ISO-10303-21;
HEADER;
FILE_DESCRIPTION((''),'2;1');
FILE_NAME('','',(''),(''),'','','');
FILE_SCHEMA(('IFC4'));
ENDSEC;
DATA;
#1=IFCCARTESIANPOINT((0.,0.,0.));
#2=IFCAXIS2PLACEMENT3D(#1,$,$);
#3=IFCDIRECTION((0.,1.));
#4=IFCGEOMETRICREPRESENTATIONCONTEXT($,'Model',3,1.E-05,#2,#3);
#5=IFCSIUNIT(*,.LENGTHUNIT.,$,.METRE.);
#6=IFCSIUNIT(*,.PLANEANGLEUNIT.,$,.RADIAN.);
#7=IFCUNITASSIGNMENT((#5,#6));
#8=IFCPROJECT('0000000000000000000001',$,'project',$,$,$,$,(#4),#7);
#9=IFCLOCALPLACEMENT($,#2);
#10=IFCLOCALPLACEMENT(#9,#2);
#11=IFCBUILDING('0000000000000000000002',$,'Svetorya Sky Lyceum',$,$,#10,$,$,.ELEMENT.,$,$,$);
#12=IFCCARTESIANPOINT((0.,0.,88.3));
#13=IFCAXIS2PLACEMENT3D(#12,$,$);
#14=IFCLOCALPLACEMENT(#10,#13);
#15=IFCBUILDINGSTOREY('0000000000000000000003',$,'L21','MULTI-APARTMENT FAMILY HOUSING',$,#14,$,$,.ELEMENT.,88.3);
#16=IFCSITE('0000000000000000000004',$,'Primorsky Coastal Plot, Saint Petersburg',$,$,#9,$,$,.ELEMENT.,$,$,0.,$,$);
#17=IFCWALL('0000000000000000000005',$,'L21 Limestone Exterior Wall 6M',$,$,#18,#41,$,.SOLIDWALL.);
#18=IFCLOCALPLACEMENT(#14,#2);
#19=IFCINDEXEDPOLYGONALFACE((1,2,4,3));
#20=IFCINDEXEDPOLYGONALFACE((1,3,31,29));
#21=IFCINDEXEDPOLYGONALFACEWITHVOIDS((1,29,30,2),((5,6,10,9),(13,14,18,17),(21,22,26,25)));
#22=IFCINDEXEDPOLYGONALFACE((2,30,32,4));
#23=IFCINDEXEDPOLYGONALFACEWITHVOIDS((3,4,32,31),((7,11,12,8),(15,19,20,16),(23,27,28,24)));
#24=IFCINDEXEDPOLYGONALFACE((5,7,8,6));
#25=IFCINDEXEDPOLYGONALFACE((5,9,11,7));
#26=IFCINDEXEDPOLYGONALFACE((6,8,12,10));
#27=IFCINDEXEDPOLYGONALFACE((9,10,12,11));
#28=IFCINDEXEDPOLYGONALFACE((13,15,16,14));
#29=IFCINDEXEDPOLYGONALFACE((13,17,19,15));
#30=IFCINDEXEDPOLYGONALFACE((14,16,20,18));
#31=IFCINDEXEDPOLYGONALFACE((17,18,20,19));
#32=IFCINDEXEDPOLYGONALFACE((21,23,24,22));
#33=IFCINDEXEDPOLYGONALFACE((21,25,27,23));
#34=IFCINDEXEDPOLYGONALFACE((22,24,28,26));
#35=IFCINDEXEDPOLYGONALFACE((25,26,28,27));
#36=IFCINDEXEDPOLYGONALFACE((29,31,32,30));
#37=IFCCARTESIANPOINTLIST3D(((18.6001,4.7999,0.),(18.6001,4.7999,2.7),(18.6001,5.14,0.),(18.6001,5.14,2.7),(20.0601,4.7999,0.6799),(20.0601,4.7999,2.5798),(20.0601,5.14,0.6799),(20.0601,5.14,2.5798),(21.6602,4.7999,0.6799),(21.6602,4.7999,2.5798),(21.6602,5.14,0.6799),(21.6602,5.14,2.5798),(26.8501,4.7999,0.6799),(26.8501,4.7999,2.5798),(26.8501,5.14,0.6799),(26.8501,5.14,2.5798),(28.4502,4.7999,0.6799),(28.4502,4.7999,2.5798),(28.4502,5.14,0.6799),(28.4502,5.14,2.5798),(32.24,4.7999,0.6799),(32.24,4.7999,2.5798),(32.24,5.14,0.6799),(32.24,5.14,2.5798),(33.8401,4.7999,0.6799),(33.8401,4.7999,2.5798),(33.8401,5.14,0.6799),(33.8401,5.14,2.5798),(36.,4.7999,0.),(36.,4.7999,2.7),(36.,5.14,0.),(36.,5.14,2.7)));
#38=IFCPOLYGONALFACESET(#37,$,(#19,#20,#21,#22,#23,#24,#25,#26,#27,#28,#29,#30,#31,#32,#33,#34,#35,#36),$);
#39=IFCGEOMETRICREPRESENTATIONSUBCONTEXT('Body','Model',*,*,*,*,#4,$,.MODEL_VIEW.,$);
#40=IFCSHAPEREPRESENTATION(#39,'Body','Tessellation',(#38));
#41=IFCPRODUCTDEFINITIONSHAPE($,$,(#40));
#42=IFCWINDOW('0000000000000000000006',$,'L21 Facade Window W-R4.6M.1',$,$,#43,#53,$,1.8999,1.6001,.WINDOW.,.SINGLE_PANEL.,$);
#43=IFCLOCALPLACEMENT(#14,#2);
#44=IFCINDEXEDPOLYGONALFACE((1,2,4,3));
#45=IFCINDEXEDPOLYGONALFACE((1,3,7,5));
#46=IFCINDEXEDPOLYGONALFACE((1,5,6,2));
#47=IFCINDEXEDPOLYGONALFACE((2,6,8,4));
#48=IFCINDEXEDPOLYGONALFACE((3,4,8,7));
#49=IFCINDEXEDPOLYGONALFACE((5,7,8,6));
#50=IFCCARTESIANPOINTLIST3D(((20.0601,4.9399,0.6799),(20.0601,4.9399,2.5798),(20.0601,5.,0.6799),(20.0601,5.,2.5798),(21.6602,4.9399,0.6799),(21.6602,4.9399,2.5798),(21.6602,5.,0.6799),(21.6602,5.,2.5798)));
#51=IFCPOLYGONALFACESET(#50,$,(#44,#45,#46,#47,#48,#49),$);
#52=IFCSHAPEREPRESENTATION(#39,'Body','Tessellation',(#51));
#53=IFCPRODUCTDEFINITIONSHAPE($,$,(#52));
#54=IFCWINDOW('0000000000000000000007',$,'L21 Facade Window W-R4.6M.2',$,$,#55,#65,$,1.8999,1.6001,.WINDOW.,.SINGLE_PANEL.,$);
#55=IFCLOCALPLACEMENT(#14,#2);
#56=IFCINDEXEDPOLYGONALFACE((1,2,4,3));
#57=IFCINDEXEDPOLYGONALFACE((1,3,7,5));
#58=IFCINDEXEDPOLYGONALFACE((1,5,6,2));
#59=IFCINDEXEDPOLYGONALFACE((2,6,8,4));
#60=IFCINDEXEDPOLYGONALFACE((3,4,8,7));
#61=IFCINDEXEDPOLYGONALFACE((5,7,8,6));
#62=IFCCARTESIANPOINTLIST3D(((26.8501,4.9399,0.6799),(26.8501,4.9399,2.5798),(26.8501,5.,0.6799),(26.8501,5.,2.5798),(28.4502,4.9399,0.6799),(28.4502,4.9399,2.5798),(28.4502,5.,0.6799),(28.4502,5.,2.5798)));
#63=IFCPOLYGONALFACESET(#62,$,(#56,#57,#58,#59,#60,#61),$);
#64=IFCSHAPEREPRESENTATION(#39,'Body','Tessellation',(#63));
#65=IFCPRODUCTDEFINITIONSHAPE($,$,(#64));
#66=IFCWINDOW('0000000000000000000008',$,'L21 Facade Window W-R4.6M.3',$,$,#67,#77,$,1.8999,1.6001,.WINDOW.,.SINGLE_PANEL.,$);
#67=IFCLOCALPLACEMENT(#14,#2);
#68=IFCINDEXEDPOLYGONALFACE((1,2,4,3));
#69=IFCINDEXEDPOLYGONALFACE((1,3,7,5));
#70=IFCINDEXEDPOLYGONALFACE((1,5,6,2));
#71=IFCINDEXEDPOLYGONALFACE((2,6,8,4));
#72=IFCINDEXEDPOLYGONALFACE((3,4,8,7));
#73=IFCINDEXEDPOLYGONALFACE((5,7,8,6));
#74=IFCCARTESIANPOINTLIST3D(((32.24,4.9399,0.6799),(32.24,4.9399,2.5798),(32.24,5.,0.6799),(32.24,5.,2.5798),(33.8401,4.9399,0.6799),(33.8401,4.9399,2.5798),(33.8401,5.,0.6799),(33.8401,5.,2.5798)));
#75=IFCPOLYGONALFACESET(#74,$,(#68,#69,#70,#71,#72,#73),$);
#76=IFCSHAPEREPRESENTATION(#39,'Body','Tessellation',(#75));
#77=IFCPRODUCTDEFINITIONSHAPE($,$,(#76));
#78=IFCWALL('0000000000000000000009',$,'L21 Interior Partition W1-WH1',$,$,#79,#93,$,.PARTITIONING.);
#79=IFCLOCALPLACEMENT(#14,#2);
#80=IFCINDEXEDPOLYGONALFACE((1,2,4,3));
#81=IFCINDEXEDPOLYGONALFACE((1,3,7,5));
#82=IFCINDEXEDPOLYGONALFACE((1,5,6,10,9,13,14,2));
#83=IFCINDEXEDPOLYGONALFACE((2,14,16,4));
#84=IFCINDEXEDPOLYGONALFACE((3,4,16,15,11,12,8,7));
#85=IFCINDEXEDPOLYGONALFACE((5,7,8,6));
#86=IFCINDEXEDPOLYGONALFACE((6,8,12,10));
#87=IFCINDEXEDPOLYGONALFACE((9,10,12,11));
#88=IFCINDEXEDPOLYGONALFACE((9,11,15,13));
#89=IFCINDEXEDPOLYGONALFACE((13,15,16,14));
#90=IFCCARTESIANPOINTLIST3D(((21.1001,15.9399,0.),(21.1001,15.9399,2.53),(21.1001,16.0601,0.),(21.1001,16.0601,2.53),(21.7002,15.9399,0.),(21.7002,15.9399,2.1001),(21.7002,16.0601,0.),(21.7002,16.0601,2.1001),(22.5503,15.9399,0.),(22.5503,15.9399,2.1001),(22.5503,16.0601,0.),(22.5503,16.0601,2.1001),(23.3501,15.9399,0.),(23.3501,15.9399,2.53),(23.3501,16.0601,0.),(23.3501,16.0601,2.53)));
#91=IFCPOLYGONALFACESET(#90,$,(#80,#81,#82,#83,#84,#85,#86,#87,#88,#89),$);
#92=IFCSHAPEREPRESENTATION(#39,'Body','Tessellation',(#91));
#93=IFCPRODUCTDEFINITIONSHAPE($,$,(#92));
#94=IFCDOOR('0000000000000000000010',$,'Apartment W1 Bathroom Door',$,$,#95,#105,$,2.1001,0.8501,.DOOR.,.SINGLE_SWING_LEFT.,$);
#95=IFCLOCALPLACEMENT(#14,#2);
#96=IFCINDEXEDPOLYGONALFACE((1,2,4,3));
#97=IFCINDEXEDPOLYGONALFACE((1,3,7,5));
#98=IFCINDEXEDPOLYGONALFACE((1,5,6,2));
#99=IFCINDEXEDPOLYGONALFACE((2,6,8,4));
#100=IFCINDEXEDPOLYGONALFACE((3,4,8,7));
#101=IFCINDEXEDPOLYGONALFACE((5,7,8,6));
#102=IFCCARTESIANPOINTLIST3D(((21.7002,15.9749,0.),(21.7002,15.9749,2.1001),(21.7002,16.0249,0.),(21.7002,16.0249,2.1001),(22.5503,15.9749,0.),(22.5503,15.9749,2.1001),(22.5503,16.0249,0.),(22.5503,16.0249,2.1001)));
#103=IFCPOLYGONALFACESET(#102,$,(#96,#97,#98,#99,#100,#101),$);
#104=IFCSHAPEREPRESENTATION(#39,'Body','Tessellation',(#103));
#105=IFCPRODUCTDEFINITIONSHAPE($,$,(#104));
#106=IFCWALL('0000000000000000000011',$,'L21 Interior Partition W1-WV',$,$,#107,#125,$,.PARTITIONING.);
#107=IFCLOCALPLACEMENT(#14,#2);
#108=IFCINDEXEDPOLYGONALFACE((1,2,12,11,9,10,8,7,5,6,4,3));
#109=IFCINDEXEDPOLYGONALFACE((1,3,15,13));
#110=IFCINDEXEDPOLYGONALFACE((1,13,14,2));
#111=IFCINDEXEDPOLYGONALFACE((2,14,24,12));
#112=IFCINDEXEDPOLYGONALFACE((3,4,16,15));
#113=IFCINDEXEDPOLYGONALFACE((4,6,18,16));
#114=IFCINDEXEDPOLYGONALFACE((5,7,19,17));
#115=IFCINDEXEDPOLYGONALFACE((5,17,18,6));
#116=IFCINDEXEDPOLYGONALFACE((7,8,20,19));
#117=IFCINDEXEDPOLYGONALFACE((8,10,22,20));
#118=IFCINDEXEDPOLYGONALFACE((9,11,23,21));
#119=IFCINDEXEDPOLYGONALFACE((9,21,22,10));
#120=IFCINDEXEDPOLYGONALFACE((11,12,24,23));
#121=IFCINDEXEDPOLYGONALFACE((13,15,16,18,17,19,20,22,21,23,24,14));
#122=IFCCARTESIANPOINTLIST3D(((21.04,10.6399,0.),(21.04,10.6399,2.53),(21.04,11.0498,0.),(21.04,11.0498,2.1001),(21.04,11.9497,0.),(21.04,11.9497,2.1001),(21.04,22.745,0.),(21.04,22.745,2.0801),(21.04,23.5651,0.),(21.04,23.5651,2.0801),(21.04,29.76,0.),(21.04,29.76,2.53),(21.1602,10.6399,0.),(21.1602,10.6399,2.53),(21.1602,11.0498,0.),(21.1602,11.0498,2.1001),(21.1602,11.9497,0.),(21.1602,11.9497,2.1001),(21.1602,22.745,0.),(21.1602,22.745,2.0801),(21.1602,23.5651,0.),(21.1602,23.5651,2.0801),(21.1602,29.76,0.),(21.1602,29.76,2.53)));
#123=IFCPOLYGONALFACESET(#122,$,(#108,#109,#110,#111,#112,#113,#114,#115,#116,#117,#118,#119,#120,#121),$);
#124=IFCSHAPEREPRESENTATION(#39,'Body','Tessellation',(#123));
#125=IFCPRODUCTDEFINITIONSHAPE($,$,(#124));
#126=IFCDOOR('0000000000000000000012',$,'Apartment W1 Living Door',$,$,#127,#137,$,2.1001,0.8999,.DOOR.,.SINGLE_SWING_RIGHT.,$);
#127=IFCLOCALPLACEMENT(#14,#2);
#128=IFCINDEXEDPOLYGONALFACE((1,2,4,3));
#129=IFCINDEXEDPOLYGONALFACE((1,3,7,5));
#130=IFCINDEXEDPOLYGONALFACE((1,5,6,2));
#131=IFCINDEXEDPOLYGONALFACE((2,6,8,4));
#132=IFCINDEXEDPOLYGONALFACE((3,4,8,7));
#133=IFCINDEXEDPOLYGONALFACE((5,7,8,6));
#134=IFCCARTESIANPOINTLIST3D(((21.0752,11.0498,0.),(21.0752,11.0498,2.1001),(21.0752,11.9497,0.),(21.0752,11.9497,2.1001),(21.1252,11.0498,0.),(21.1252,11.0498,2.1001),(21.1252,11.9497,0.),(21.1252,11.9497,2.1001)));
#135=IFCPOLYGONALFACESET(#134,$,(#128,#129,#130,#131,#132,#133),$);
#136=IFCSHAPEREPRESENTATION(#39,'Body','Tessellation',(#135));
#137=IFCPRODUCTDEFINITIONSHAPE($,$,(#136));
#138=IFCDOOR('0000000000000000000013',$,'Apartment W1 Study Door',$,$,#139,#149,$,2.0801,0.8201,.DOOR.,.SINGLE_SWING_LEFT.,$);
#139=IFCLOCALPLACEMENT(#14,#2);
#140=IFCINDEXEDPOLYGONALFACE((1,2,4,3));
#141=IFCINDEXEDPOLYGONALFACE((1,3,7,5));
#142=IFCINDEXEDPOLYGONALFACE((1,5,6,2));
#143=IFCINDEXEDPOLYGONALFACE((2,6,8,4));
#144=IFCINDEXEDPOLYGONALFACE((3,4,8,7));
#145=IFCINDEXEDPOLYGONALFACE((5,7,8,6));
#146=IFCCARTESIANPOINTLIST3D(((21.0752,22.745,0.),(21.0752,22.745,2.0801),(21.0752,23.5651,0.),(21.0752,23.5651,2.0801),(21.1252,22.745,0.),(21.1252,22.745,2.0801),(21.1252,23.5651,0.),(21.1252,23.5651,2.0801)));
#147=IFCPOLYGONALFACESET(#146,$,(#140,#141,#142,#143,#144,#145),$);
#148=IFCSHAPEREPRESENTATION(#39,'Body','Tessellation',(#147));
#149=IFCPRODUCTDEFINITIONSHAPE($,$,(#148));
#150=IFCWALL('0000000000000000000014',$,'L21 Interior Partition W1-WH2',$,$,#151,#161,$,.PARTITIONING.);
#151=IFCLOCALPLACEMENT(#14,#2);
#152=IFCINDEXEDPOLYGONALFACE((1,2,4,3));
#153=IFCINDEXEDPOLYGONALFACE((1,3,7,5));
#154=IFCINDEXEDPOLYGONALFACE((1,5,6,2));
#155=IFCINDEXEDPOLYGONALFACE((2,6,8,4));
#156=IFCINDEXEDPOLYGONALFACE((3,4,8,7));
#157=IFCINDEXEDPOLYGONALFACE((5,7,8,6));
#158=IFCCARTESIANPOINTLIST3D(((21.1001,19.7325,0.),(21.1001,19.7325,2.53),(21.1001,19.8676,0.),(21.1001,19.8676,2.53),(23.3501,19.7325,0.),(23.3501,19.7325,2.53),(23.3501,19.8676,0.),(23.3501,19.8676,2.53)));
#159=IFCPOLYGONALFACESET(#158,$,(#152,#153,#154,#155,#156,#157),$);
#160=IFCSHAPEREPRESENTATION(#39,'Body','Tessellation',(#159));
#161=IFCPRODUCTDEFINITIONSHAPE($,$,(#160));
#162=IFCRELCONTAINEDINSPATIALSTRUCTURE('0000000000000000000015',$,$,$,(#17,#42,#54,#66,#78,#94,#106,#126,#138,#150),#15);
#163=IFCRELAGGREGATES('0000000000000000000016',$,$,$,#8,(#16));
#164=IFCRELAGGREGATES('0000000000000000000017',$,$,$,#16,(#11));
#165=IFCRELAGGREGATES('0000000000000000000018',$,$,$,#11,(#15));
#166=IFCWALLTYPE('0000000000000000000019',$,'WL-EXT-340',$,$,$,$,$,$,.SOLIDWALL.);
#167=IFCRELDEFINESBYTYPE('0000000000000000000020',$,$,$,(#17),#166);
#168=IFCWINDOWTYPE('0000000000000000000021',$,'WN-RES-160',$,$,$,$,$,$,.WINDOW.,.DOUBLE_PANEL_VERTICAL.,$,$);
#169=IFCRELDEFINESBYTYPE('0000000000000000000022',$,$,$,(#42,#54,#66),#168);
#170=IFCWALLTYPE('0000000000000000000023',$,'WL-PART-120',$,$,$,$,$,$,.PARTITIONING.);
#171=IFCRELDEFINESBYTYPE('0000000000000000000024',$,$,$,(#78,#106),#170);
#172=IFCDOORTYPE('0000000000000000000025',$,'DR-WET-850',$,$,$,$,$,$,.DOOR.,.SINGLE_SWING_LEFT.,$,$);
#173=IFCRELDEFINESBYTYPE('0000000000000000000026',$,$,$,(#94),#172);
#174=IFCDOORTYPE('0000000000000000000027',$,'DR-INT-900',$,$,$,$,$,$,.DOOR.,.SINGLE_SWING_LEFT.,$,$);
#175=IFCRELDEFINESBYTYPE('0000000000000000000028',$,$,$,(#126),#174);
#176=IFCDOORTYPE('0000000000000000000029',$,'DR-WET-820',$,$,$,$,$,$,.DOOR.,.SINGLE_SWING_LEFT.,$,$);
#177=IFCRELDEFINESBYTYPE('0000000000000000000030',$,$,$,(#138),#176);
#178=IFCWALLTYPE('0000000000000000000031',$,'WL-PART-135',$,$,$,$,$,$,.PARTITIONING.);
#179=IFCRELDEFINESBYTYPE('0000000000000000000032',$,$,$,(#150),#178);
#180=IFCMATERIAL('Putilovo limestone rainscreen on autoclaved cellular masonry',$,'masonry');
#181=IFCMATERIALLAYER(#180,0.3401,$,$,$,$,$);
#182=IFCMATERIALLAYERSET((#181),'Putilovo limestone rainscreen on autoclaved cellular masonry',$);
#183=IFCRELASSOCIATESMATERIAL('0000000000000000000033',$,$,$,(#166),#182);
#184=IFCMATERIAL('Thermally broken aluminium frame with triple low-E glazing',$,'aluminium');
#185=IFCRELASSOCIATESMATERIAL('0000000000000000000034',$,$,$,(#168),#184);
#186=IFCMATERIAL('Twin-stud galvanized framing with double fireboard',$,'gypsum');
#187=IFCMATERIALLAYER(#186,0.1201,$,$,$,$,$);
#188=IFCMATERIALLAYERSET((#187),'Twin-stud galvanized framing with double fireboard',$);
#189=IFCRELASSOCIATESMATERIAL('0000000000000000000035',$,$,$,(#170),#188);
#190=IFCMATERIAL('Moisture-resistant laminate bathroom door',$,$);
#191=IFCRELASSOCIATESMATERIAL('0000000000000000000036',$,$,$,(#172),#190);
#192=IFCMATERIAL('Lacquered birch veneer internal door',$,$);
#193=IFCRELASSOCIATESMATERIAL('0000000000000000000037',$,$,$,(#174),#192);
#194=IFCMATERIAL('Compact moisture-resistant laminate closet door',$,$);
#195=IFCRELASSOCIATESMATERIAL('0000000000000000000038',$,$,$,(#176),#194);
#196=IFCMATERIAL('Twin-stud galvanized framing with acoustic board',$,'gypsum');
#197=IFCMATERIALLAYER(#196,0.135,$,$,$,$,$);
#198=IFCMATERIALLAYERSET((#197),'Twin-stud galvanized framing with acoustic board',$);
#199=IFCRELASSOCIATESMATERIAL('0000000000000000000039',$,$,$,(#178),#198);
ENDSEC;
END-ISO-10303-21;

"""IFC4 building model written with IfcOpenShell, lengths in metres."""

from ifc_helpers import new_model, si_unit, direction, frame, frame_2d, origin, place, context, subcontext, project, spatial, rectangle, extrude, material, layer, layer_set, type_object, element, fill, save


model = new_model("IFC4")

# Units and contexts
model_context = context("Model", 3, precision=1e-05, world=origin(), true_north=direction((0.0, 1.0)))
body_context = subcontext(model_context, "Body", "Model", "MODEL_VIEW")
ifc_project = project(units=[si_unit("LENGTHUNIT", "METRE"), si_unit("PLANEANGLEUNIT", "RADIAN")], contexts=[model_context])

# Site, building, storey
site_placement = place(None, origin())
site = spatial("IfcSite", under=ifc_project, at=site_placement, Name="Primorsky Coastal Plot, Saint Petersburg", CompositionType="ELEMENT", RefElevation=0.0)
building_placement = place(site_placement, origin())
building = spatial("IfcBuilding", under=site, at=building_placement, Name="Svetorya Sky Lyceum", CompositionType="ELEMENT")
storey_placement = place(building_placement, frame((0.0, 0.0, 88.3)))
storey = spatial("IfcBuildingStorey", under=building, at=storey_placement, Name="L21", Description="MULTI-APARTMENT FAMILY HOUSING", CompositionType="ELEMENT", Elevation=88.3)

# Shared definitions
ifc_material_1 = material(Name="Putilovo limestone rainscreen on autoclaved cellular masonry", Category="masonry")
ifc_layer_1 = layer(ifc_material_1, 0.3401)
ifc_layer_set_1 = layer_set([ifc_layer_1], Name="Putilovo limestone rainscreen on autoclaved cellular masonry")
wall_type_1 = type_object("IfcWallType", Name="WL-EXT-340", PredefinedType="SOLIDWALL", material=ifc_layer_set_1)

# Wall, openings, windows
wall_1_placement = place(storey_placement, frame((18.6001, 4.97, 0.0), z_axis=(0.0, 0.0, 1.0), x_axis=(1.0, 0.0, 0.0)))
wall_1 = element("IfcWall", 1, at=wall_1_placement, inside=storey, type_object=wall_type_1, Name="L21 Limestone Exterior Wall 6M", PredefinedType="SOLIDWALL", context=body_context, shape_type="SweptSolid", body=[
    extrude(rectangle(XDim=17.3999, YDim=0.3401, at=frame_2d((8.7, 0.0))), origin(), (0.0, 0.0, 1.0), 2.7),
])
opening_1_placement = place(wall_1_placement, frame((1.46, 0.0, 0.6799)))
opening_1 = element("IfcOpeningElement", 2, at=opening_1_placement, cuts=wall_1, PredefinedType="OPENING", context=body_context, shape_type="SweptSolid", body=[
    extrude(rectangle(XDim=1.6001, YDim=1.8999, at=frame_2d((0.8, 0.95))), frame((0.0, 0.1799, 0.0), z_axis=(0.0, -1.0, 0.0), x_axis=(1.0, 0.0, 0.0)), (0.0, 0.0, 1.0), 0.3601),
])
opening_2_placement = place(wall_1_placement, frame((8.25, 0.0, 0.6799)))
opening_2 = element("IfcOpeningElement", 3, at=opening_2_placement, cuts=wall_1, PredefinedType="OPENING", context=body_context, shape_type="SweptSolid", body=[
    extrude(rectangle(XDim=1.6001, YDim=1.8999, at=frame_2d((0.8, 0.95))), frame((0.0, 0.1799, 0.0), z_axis=(0.0, -1.0, 0.0), x_axis=(1.0, 0.0, 0.0)), (0.0, 0.0, 1.0), 0.3601),
])
opening_3_placement = place(wall_1_placement, frame((13.6399, 0.0, 0.6799)))
opening_3 = element("IfcOpeningElement", 4, at=opening_3_placement, cuts=wall_1, PredefinedType="OPENING", context=body_context, shape_type="SweptSolid", body=[
    extrude(rectangle(XDim=1.6001, YDim=1.8999, at=frame_2d((0.8, 0.95))), frame((0.0, 0.1799, 0.0), z_axis=(0.0, -1.0, 0.0), x_axis=(1.0, 0.0, 0.0)), (0.0, 0.0, 1.0), 0.3601),
])
ifc_material_2 = material(Name="Thermally broken aluminium frame with triple low-E glazing", Category="aluminium")
window_type = type_object("IfcWindowType", Name="WN-RES-160", PartitioningType="DOUBLE_PANEL_VERTICAL", PredefinedType="WINDOW", material=ifc_material_2)
window_1_placement = place(opening_1_placement, origin())
window_1 = element("IfcWindow", 5, at=window_1_placement, inside=storey, type_object=window_type, Name="L21 Facade Window W-R4.6M.1", OverallHeight=1.8999, OverallWidth=1.6001, PartitioningType="SINGLE_PANEL", PredefinedType="WINDOW", context=body_context, shape_type="SweptSolid", body=[
    extrude(rectangle(XDim=1.6001, YDim=1.8999, at=frame_2d((0.8, 0.95))), frame((0.0, 0.03, 0.0), z_axis=(0.0, -1.0, 0.0), x_axis=(1.0, 0.0, 0.0)), (0.0, 0.0, 1.0), 0.0601),
])
fill(opening_1, window_1)
window_2_placement = place(opening_2_placement, origin())
window_2 = element("IfcWindow", 6, at=window_2_placement, inside=storey, type_object=window_type, Name="L21 Facade Window W-R4.6M.2", OverallHeight=1.8999, OverallWidth=1.6001, PartitioningType="SINGLE_PANEL", PredefinedType="WINDOW", context=body_context, shape_type="SweptSolid", body=[
    extrude(rectangle(XDim=1.6001, YDim=1.8999, at=frame_2d((0.8, 0.95))), frame((0.0, 0.03, 0.0), z_axis=(0.0, -1.0, 0.0), x_axis=(1.0, 0.0, 0.0)), (0.0, 0.0, 1.0), 0.0601),
])
fill(opening_2, window_2)
window_3_placement = place(opening_3_placement, origin())
window_3 = element("IfcWindow", 7, at=window_3_placement, inside=storey, type_object=window_type, Name="L21 Facade Window W-R4.6M.3", OverallHeight=1.8999, OverallWidth=1.6001, PartitioningType="SINGLE_PANEL", PredefinedType="WINDOW", context=body_context, shape_type="SweptSolid", body=[
    extrude(rectangle(XDim=1.6001, YDim=1.8999, at=frame_2d((0.8, 0.95))), frame((0.0, 0.03, 0.0), z_axis=(0.0, -1.0, 0.0), x_axis=(1.0, 0.0, 0.0)), (0.0, 0.0, 1.0), 0.0601),
])
fill(opening_3, window_3)

# Wall, opening, door
ifc_material_3 = material(Name="Twin-stud galvanized framing with double fireboard", Category="gypsum")
ifc_layer_2 = layer(ifc_material_3, 0.1201)
ifc_layer_set_2 = layer_set([ifc_layer_2], Name="Twin-stud galvanized framing with double fireboard")
wall_type_2 = type_object("IfcWallType", Name="WL-PART-120", PredefinedType="PARTITIONING", material=ifc_layer_set_2)
wall_2_placement = place(storey_placement, frame((21.1001, 16.0, 0.0), z_axis=(0.0, 0.0, 1.0), x_axis=(1.0, 0.0, 0.0)))
wall_2 = element("IfcWall", 8, at=wall_2_placement, inside=storey, type_object=wall_type_2, Name="L21 Interior Partition W1-WH1", PredefinedType="PARTITIONING", context=body_context, shape_type="SweptSolid", body=[
    extrude(rectangle(XDim=2.25, YDim=0.1201, at=frame_2d((1.125, 0.0))), origin(), (0.0, 0.0, 1.0), 2.53),
])
opening_4_placement = place(wall_2_placement, frame((0.6001, 0.0, 0.0)))
opening_4 = element("IfcOpeningElement", 9, at=opening_4_placement, cuts=wall_2, PredefinedType="OPENING", context=body_context, shape_type="SweptSolid", body=[
    extrude(rectangle(XDim=0.8501, YDim=2.1001, at=frame_2d((0.425, 1.05))), frame((0.0, 0.0701, 0.0), z_axis=(0.0, -1.0, 0.0), x_axis=(1.0, 0.0, 0.0)), (0.0, 0.0, 1.0), 0.1401),
])
ifc_material_4 = material(Name="Moisture-resistant laminate bathroom door")
door_type_1 = type_object("IfcDoorType", Name="DR-WET-850", OperationType="SINGLE_SWING_LEFT", PredefinedType="DOOR", material=ifc_material_4)
door_1_placement = place(opening_4_placement, origin())
door_1 = element("IfcDoor", 10, at=door_1_placement, inside=storey, type_object=door_type_1, Name="Apartment W1 Bathroom Door", OperationType="SINGLE_SWING_LEFT", OverallHeight=2.1001, OverallWidth=0.8501, PredefinedType="DOOR", context=body_context, shape_type="SweptSolid", body=[
    extrude(rectangle(XDim=0.8501, YDim=2.1001, at=frame_2d((0.425, 1.05))), frame((0.0, 0.0249, 0.0), z_axis=(0.0, -1.0, 0.0), x_axis=(1.0, 0.0, 0.0)), (0.0, 0.0, 1.0), 0.05),
])
fill(opening_4, door_1)

# Wall, openings, doors
wall_3_placement = place(storey_placement, frame((21.1001, 10.6399, 0.0), z_axis=(0.0, 0.0, 1.0), x_axis=(0.0, 1.0, 0.0)))
wall_3 = element("IfcWall", 11, at=wall_3_placement, inside=storey, type_object=wall_type_2, Name="L21 Interior Partition W1-WV", PredefinedType="PARTITIONING", context=body_context, shape_type="SweptSolid", body=[
    extrude(rectangle(XDim=19.1201, YDim=0.1201, at=frame_2d((9.5601, 0.0))), origin(), (0.0, 0.0, 1.0), 2.53),
])
opening_5_placement = place(wall_3_placement, frame((0.4099, 0.0, 0.0)))
opening_5 = element("IfcOpeningElement", 12, at=opening_5_placement, cuts=wall_3, PredefinedType="OPENING", context=body_context, shape_type="SweptSolid", body=[
    extrude(rectangle(XDim=0.8999, YDim=2.1001, at=frame_2d((0.45, 1.05))), frame((0.0, 0.0701, 0.0), z_axis=(0.0, -1.0, 0.0), x_axis=(1.0, 0.0, 0.0)), (0.0, 0.0, 1.0), 0.1401),
])
opening_6_placement = place(wall_3_placement, frame((12.105, 0.0, 0.0)))
opening_6 = element("IfcOpeningElement", 13, at=opening_6_placement, cuts=wall_3, PredefinedType="OPENING", context=body_context, shape_type="SweptSolid", body=[
    extrude(rectangle(XDim=0.8201, YDim=2.0801, at=frame_2d((0.4102, 1.04))), frame((0.0, 0.0701, 0.0), z_axis=(0.0, -1.0, 0.0), x_axis=(1.0, 0.0, 0.0)), (0.0, 0.0, 1.0), 0.1401),
])
ifc_material_5 = material(Name="Lacquered birch veneer internal door")
door_type_2 = type_object("IfcDoorType", Name="DR-INT-900", OperationType="SINGLE_SWING_LEFT", PredefinedType="DOOR", material=ifc_material_5)
door_2_placement = place(opening_5_placement, origin())
door_2 = element("IfcDoor", 14, at=door_2_placement, inside=storey, type_object=door_type_2, Name="Apartment W1 Living Door", OperationType="SINGLE_SWING_RIGHT", OverallHeight=2.1001, OverallWidth=0.8999, PredefinedType="DOOR", context=body_context, shape_type="SweptSolid", body=[
    extrude(rectangle(XDim=0.8999, YDim=2.1001, at=frame_2d((0.45, 1.05))), frame((0.0, 0.0249, 0.0), z_axis=(0.0, -1.0, 0.0), x_axis=(1.0, 0.0, 0.0)), (0.0, 0.0, 1.0), 0.05),
])
fill(opening_5, door_2)
ifc_material_6 = material(Name="Compact moisture-resistant laminate closet door")
door_type_3 = type_object("IfcDoorType", Name="DR-WET-820", OperationType="SINGLE_SWING_LEFT", PredefinedType="DOOR", material=ifc_material_6)
door_3_placement = place(opening_6_placement, origin())
door_3 = element("IfcDoor", 15, at=door_3_placement, inside=storey, type_object=door_type_3, Name="Apartment W1 Study Door", OperationType="SINGLE_SWING_LEFT", OverallHeight=2.0801, OverallWidth=0.8201, PredefinedType="DOOR", context=body_context, shape_type="SweptSolid", body=[
    extrude(rectangle(XDim=0.8201, YDim=2.0801, at=frame_2d((0.4102, 1.04))), frame((0.0, 0.0249, 0.0), z_axis=(0.0, -1.0, 0.0), x_axis=(1.0, 0.0, 0.0)), (0.0, 0.0, 1.0), 0.05),
])
fill(opening_6, door_3)

# Wall
ifc_material_7 = material(Name="Twin-stud galvanized framing with acoustic board", Category="gypsum")
ifc_layer_3 = layer(ifc_material_7, 0.135)
ifc_layer_set_3 = layer_set([ifc_layer_3], Name="Twin-stud galvanized framing with acoustic board")
wall_type_3 = type_object("IfcWallType", Name="WL-PART-135", PredefinedType="PARTITIONING", material=ifc_layer_set_3)
wall_4_placement = place(storey_placement, frame((21.1001, 19.8, 0.0), z_axis=(0.0, 0.0, 1.0), x_axis=(1.0, 0.0, 0.0)))
element("IfcWall", 16, at=wall_4_placement, inside=storey, type_object=wall_type_3, Name="L21 Interior Partition W1-WH2", PredefinedType="PARTITIONING", context=body_context, shape_type="SweptSolid", body=[
    extrude(rectangle(XDim=2.25, YDim=0.135, at=frame_2d((1.125, 0.0))), origin(), (0.0, 0.0, 1.0), 2.53),
])

save(model, "model.ifc")
